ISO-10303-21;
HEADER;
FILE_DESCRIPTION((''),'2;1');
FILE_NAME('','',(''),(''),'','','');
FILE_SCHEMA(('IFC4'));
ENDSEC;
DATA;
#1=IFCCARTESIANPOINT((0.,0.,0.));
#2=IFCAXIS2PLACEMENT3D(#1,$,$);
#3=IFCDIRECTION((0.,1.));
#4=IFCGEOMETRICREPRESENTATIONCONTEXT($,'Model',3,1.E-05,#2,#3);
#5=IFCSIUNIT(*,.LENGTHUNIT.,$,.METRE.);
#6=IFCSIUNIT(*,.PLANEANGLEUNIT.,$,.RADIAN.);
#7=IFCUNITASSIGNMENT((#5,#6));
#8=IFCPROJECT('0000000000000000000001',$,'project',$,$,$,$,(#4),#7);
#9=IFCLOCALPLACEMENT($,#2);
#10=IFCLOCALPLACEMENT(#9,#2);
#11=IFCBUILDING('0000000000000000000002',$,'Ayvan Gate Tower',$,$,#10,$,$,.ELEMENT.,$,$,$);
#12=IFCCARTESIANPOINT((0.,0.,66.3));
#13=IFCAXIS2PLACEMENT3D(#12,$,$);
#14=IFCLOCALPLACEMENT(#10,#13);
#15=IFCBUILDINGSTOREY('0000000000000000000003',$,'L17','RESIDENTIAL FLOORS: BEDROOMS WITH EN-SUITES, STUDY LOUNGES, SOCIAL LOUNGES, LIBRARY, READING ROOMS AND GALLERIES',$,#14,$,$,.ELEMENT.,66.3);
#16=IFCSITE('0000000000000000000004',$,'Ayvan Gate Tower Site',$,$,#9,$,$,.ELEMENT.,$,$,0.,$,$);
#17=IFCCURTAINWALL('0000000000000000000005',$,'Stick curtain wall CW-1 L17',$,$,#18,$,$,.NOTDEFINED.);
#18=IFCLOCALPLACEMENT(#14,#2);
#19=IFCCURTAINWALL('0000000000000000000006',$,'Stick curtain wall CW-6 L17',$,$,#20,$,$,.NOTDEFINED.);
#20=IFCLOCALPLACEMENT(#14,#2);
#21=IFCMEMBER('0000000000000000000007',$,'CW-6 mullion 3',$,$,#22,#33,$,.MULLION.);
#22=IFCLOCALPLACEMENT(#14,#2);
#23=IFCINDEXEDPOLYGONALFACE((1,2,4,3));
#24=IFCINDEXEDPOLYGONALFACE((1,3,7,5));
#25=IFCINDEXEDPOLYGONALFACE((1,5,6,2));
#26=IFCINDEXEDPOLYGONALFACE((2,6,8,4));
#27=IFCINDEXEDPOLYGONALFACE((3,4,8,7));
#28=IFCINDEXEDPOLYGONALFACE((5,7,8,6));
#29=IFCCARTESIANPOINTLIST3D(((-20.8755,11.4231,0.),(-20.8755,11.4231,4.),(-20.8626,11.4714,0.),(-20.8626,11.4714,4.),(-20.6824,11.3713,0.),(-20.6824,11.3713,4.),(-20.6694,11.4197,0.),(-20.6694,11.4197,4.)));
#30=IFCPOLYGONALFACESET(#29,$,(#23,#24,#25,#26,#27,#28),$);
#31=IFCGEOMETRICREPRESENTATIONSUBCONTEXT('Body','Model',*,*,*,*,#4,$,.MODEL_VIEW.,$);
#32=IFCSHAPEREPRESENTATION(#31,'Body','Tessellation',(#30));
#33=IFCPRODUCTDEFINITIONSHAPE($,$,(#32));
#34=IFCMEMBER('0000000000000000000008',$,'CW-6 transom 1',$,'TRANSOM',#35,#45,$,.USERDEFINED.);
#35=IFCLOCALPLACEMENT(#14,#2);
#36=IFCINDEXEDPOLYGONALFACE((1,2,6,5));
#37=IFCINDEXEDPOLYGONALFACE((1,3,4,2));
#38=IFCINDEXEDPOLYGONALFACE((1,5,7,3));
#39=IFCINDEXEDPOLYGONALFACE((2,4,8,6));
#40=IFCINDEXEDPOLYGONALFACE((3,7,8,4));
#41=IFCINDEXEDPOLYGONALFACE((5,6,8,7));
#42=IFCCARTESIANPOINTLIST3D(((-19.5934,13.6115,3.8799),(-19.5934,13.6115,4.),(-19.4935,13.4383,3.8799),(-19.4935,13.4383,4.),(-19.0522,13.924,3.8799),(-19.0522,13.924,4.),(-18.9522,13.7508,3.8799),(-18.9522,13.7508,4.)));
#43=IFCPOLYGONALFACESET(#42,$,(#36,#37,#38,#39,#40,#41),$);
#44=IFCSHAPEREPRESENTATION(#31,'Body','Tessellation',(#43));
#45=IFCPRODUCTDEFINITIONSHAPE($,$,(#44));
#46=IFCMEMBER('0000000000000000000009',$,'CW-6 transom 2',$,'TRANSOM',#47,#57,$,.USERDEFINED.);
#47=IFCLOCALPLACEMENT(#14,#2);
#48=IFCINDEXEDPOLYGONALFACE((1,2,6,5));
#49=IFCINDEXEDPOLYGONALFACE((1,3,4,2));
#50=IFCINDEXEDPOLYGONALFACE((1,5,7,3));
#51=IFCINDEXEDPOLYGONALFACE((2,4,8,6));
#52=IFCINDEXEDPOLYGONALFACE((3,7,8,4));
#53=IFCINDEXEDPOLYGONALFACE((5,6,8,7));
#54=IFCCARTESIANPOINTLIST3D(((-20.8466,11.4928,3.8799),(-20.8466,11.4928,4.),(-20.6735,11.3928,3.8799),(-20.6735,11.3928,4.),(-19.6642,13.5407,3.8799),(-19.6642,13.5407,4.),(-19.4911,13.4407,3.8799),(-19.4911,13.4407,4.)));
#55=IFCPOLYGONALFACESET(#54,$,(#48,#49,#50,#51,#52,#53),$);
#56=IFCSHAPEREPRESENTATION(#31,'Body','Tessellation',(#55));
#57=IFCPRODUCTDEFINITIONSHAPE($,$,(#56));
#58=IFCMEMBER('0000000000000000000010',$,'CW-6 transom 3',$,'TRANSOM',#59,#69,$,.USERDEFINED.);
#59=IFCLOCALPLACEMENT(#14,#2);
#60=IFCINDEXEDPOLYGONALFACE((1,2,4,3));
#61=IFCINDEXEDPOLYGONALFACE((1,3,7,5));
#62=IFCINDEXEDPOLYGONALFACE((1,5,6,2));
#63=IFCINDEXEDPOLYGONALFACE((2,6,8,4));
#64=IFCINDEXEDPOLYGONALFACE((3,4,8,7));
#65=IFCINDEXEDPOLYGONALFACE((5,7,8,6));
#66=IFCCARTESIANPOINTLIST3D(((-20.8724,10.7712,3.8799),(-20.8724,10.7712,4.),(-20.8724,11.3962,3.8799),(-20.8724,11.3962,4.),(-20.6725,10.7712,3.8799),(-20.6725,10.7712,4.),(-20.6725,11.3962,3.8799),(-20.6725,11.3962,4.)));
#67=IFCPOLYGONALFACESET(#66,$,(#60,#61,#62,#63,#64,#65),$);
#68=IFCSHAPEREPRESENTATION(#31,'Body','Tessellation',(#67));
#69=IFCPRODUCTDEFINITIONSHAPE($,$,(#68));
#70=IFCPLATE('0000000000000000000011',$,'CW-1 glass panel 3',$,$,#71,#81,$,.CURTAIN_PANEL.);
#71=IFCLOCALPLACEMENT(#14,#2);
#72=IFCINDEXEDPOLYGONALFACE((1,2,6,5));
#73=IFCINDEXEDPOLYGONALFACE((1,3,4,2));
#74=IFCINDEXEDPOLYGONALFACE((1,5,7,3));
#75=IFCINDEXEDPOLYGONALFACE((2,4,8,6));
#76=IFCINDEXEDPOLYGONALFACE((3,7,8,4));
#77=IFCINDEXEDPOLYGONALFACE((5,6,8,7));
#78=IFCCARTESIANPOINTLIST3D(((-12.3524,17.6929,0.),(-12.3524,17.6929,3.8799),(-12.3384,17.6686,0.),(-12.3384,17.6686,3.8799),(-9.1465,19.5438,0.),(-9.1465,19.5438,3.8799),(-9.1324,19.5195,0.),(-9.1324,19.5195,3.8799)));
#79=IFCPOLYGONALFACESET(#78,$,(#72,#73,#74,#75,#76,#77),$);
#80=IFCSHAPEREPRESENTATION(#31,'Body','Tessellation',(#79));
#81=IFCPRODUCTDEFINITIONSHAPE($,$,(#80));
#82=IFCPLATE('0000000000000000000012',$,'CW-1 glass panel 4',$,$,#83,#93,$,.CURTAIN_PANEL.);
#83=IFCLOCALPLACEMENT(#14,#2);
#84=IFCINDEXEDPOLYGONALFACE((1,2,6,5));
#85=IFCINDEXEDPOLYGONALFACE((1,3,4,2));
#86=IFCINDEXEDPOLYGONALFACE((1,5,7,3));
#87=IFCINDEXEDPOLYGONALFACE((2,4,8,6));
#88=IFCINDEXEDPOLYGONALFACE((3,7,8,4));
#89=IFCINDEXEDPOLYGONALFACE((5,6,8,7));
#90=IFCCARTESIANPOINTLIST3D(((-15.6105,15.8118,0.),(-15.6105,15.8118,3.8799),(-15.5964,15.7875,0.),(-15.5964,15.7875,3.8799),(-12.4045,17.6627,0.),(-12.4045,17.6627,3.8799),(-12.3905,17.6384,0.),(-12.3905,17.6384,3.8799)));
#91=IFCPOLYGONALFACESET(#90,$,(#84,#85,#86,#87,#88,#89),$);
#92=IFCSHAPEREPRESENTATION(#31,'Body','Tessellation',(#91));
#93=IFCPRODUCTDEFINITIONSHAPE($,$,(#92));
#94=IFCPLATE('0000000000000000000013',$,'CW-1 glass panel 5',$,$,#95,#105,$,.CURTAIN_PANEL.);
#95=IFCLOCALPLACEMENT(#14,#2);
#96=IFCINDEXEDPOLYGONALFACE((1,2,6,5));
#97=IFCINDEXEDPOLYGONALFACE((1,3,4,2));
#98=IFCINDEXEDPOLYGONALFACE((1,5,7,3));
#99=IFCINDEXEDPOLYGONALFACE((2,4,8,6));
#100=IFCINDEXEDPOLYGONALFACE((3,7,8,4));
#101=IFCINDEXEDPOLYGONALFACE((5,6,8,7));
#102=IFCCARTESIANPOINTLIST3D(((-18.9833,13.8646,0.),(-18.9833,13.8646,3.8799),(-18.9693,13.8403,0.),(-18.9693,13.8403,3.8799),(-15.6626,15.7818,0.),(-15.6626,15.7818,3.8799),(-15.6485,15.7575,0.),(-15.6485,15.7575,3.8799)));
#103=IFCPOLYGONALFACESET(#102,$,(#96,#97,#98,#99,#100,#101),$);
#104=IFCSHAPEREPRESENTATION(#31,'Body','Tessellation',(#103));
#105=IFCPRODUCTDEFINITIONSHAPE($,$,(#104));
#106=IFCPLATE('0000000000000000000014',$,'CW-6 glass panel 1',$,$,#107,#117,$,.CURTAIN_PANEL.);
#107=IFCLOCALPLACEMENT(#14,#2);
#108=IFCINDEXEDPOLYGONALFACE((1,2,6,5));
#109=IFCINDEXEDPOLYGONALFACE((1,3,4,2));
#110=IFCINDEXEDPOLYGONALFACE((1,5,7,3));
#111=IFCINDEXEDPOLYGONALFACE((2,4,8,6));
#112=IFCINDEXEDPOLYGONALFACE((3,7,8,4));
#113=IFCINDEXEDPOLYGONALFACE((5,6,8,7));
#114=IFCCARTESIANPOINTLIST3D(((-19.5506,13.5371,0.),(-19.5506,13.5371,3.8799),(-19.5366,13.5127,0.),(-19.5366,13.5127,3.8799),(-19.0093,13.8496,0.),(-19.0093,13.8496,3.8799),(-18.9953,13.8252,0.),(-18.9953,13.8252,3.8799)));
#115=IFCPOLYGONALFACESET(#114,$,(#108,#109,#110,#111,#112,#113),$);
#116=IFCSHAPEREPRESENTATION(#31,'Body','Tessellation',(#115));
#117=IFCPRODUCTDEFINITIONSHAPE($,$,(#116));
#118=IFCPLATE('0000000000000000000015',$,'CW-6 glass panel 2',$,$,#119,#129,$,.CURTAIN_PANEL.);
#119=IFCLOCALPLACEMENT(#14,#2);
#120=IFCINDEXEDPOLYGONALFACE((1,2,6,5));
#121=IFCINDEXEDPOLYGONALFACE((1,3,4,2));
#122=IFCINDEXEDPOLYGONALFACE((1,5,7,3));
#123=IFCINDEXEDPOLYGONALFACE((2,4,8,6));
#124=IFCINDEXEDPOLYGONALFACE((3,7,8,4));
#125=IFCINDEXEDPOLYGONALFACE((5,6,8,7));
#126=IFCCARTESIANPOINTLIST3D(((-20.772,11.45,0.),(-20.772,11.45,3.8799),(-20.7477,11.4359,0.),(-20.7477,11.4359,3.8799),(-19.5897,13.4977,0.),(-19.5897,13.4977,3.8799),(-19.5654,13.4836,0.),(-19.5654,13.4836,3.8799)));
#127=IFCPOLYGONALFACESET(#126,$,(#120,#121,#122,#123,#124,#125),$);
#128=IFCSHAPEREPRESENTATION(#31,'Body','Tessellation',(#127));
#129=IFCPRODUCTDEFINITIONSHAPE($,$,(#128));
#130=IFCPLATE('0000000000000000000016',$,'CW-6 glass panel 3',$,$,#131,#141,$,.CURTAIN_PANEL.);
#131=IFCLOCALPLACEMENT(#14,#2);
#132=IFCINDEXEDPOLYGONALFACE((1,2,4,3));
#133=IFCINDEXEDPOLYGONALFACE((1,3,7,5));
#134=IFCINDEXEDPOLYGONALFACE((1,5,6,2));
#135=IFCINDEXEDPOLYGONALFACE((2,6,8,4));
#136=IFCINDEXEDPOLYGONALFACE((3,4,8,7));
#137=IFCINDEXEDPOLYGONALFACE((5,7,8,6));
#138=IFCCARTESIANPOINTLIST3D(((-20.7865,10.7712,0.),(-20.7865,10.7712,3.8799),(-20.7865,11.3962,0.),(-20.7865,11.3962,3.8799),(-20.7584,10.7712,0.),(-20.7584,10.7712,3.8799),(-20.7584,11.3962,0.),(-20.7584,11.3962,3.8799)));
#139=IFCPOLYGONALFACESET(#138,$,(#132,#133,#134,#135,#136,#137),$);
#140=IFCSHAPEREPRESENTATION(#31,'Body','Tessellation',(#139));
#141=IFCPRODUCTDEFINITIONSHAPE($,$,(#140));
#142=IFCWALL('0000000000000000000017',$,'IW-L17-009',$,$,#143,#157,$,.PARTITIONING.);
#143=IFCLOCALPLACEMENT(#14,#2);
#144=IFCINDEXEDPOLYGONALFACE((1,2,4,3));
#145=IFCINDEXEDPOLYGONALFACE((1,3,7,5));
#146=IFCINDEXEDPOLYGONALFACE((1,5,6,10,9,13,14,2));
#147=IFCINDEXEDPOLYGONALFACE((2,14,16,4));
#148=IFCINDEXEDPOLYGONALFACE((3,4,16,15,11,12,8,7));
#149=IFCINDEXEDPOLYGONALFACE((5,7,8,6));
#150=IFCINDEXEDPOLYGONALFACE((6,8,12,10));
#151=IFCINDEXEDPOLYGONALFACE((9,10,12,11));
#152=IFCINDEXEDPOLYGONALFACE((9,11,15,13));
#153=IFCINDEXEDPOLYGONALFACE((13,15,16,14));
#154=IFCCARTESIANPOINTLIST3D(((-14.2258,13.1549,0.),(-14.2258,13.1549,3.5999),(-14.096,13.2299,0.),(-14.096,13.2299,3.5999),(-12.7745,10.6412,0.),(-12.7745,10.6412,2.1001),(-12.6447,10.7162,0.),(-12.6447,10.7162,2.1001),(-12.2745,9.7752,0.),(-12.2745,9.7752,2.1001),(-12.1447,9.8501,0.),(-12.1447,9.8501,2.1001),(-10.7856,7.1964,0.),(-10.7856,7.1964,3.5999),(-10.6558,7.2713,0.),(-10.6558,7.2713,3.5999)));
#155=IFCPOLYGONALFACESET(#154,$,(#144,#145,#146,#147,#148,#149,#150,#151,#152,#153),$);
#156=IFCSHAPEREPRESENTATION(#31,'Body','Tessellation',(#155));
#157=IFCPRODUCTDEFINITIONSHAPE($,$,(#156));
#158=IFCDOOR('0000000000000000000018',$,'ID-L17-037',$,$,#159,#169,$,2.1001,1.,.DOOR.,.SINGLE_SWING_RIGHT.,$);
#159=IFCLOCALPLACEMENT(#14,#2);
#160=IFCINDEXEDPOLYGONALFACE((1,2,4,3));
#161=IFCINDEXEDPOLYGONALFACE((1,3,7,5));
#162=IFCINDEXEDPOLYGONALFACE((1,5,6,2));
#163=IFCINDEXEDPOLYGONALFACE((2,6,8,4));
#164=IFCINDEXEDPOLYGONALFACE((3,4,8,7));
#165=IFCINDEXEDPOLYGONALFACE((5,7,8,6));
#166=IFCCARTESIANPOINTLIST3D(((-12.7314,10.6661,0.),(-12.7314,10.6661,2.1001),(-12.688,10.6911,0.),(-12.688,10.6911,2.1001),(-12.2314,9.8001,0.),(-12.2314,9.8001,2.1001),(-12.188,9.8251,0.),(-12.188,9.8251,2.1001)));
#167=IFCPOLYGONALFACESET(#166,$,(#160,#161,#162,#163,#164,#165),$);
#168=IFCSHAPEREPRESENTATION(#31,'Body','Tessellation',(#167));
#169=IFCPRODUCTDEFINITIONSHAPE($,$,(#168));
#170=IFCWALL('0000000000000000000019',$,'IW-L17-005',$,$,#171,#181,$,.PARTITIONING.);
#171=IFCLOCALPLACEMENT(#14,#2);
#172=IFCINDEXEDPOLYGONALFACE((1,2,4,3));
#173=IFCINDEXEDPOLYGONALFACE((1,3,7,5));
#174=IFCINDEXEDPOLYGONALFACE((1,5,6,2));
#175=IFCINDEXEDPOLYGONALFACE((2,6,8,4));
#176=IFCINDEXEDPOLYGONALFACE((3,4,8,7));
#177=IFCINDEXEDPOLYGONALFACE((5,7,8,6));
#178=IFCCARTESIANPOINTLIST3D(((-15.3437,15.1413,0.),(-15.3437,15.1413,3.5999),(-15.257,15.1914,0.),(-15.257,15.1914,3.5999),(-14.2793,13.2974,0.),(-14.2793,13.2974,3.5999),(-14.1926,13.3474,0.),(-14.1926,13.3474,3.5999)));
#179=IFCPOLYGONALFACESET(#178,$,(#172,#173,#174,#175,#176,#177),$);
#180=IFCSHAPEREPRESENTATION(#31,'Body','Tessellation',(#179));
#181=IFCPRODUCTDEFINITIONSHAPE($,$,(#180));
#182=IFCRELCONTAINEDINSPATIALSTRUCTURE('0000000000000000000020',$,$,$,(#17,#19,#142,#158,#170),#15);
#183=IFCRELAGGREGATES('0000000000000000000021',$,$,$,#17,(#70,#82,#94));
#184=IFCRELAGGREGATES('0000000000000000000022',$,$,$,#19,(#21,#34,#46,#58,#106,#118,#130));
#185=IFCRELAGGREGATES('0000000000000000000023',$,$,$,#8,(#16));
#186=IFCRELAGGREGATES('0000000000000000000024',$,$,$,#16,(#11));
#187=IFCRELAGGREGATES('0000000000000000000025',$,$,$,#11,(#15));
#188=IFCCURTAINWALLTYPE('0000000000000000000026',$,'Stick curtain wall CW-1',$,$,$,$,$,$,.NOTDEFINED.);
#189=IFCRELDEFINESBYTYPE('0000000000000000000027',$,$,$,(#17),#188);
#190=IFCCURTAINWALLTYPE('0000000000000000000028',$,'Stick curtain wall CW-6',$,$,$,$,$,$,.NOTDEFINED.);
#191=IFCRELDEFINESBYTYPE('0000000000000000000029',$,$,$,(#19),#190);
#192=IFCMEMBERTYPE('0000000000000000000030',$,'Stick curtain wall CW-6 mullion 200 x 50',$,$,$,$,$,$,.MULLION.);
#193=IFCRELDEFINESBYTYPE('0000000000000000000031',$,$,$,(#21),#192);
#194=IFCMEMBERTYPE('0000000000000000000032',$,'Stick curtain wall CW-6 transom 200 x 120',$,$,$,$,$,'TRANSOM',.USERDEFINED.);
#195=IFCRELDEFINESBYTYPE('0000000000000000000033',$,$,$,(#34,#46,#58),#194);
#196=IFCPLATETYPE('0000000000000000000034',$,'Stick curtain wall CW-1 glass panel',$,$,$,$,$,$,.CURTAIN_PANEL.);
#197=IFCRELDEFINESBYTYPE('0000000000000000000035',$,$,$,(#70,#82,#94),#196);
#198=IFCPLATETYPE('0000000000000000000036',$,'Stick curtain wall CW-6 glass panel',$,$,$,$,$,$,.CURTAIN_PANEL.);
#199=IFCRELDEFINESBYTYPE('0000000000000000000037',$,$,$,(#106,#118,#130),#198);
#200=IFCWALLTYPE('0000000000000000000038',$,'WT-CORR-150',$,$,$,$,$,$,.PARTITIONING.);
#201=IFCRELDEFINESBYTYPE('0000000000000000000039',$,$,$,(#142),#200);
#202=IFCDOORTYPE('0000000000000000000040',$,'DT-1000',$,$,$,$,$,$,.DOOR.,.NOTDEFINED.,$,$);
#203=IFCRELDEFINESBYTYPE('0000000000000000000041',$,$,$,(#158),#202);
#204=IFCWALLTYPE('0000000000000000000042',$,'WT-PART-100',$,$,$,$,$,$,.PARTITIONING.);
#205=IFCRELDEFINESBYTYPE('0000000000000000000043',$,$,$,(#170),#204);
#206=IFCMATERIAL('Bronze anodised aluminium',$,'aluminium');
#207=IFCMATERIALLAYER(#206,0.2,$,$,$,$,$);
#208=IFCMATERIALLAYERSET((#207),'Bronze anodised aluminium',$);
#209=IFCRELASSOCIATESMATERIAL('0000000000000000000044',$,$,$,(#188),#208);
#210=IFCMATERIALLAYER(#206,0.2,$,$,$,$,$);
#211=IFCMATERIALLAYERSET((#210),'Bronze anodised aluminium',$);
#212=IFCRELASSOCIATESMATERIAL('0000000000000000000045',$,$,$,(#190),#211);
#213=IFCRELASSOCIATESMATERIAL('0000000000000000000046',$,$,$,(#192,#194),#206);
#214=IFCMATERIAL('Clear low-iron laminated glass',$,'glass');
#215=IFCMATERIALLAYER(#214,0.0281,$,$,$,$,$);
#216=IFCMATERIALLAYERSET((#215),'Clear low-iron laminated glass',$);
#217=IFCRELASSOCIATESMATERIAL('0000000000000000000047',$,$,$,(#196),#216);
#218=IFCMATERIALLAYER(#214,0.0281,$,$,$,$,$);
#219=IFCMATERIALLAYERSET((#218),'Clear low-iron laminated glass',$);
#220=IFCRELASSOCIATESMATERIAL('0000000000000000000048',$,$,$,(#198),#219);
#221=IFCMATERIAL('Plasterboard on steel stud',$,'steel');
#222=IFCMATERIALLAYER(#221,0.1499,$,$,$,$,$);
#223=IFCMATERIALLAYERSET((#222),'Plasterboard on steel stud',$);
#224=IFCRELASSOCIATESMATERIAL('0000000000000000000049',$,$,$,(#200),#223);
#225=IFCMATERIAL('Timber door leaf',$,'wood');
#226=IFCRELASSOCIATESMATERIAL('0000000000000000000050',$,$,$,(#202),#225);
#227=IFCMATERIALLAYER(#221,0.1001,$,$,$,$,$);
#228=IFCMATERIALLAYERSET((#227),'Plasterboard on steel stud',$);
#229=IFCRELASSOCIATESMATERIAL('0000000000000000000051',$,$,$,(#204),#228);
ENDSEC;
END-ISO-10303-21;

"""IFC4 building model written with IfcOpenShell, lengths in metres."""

from ifc_helpers import new_model, si_unit, direction, frame, frame_2d, origin, origin_2d, place, context, subcontext, project, spatial, rectangle, extrude, material, layer, layer_set, material_profile, profile_set, type_object, element, fill, aggregate, save


model = new_model("IFC4")

# Units and contexts
model_context = context("Model", 3, precision=1e-05, world=origin(), true_north=direction((0.0, 1.0)))
body_context = subcontext(model_context, "Body", "Model", "MODEL_VIEW")
ifc_project = project(units=[si_unit("LENGTHUNIT", "METRE"), si_unit("PLANEANGLEUNIT", "RADIAN")], contexts=[model_context])

# Site, building, storey
site_placement = place(None, origin())
site = spatial("IfcSite", under=ifc_project, at=site_placement, Name="Ayvan Gate Tower Site", CompositionType="ELEMENT", RefElevation=0.0)
building_placement = place(site_placement, origin())
building = spatial("IfcBuilding", under=site, at=building_placement, Name="Ayvan Gate Tower", CompositionType="ELEMENT")
storey_placement = place(building_placement, frame((0.0, 0.0, 66.3)))
storey = spatial("IfcBuildingStorey", under=building, at=storey_placement, Name="L17", Description="RESIDENTIAL FLOORS: BEDROOMS WITH EN-SUITES, STUDY LOUNGES, SOCIAL LOUNGES, LIBRARY, READING ROOMS AND GALLERIES", CompositionType="ELEMENT", Elevation=66.3)

# Curtain walls, members
ifc_material_1 = material(Name="Bronze anodised aluminium", Category="aluminium")
ifc_layer_1 = layer(ifc_material_1, 0.2)
ifc_layer_set_1 = layer_set([ifc_layer_1], Name="Bronze anodised aluminium")
curtain_wall_type_1 = type_object("IfcCurtainWallType", Name="Stick curtain wall CW-1", PredefinedType="NOTDEFINED", material=ifc_layer_set_1)
curtain_wall_1_placement = place(storey_placement, origin())
curtain_wall_1 = element("IfcCurtainWall", 1, at=curtain_wall_1_placement, inside=storey, type_object=curtain_wall_type_1, Name="Stick curtain wall CW-1 L17", PredefinedType="NOTDEFINED")
ifc_layer_2 = layer(ifc_material_1, 0.2)
ifc_layer_set_2 = layer_set([ifc_layer_2], Name="Bronze anodised aluminium")
curtain_wall_type_2 = type_object("IfcCurtainWallType", Name="Stick curtain wall CW-6", PredefinedType="NOTDEFINED", material=ifc_layer_set_2)
curtain_wall_2_placement = place(storey_placement, origin())
curtain_wall_2 = element("IfcCurtainWall", 2, at=curtain_wall_2_placement, inside=storey, type_object=curtain_wall_type_2, Name="Stick curtain wall CW-6 L17", PredefinedType="NOTDEFINED")
ifc_material_profile_1 = material_profile(ifc_material_1, rectangle(XDim=0.2, YDim=0.05, at=origin_2d()), Name="Stick curtain wall CW-6 mullion 200 x 50")
ifc_profile_set_1 = profile_set([ifc_material_profile_1], Name="Bronze anodised aluminium")
member_type_1 = type_object("IfcMemberType", Name="Stick curtain wall CW-6 mullion 200 x 50", PredefinedType="MULLION", material=ifc_profile_set_1)
member_1_placement = place(storey_placement, frame((-20.7725, 11.4214, 0.0), z_axis=(0.0, 0.0, 1.0), x_axis=(-0.965926, 0.258819, 0.0)))
member_1 = element("IfcMember", 3, at=member_1_placement, type_object=member_type_1, Name="CW-6 mullion 3", PredefinedType="MULLION", context=body_context, shape_type="SweptSolid", body=[
    extrude(rectangle(XDim=0.2, YDim=0.05, at=origin_2d()), origin(), (0.0, 0.0, 1.0), 4.0),
])
ifc_material_profile_2 = material_profile(ifc_material_1, rectangle(XDim=0.2, YDim=0.1201, at=origin_2d()), Name="Stick curtain wall CW-6 transom 200 x 120")
ifc_profile_set_2 = profile_set([ifc_material_profile_2], Name="Bronze anodised aluminium")
member_type_2 = type_object("IfcMemberType", Name="Stick curtain wall CW-6 transom 200 x 120", ElementType="TRANSOM", PredefinedType="USERDEFINED", material=ifc_profile_set_2)
member_2_placement = place(storey_placement, frame((-19.0022, 13.8374, 3.9399), z_axis=(-0.866023, -0.500004, 0.0), x_axis=(0.500004, -0.866023, 0.0)))
member_2 = element("IfcMember", 4, at=member_2_placement, type_object=member_type_2, Name="CW-6 transom 1", ObjectType="TRANSOM", PredefinedType="USERDEFINED", context=body_context, shape_type="SweptSolid", body=[
    extrude(rectangle(XDim=0.2, YDim=0.1201, at=origin_2d()), origin(), (0.0, 0.0, 1.0), 0.625),
])
member_3_placement = place(storey_placement, frame((-19.5776, 13.4907, 3.9399), z_axis=(-0.500014, -0.866017, 0.0), x_axis=(0.866017, -0.500014, 0.0)))
member_3 = element("IfcMember", 5, at=member_3_placement, type_object=member_type_2, Name="CW-6 transom 2", ObjectType="TRANSOM", PredefinedType="USERDEFINED", context=body_context, shape_type="SweptSolid", body=[
    extrude(rectangle(XDim=0.2, YDim=0.1201, at=origin_2d()), origin(), (0.0, 0.0, 1.0), 2.3647),
])
member_4_placement = place(storey_placement, frame((-20.7725, 11.3962, 3.9399), z_axis=(0.0, -1.0, 0.0), x_axis=(1.0, 0.0, 0.0)))
member_4 = element("IfcMember", 6, at=member_4_placement, type_object=member_type_2, Name="CW-6 transom 3", ObjectType="TRANSOM", PredefinedType="USERDEFINED", context=body_context, shape_type="SweptSolid", body=[
    extrude(rectangle(XDim=0.2, YDim=0.1201, at=origin_2d()), origin(), (0.0, 0.0, 1.0), 0.625),
])

# Plates
ifc_material_2 = material(Name="Clear low-iron laminated glass", Category="glass")
ifc_layer_3 = layer(ifc_material_2, 0.0281)
ifc_layer_set_3 = layer_set([ifc_layer_3], Name="Clear low-iron laminated glass")
plate_type_1 = type_object("IfcPlateType", Name="Stick curtain wall CW-1 glass panel", PredefinedType="CURTAIN_PANEL", material=ifc_layer_set_3)
plate_1_placement = place(storey_placement, frame((-10.7424, 18.6062, 0.0), z_axis=(0.0, 0.0, 1.0), x_axis=(-0.866025, -0.5, 0.0)))
plate_1 = element("IfcPlate", 7, at=plate_1_placement, type_object=plate_type_1, Name="CW-1 glass panel 3", PredefinedType="CURTAIN_PANEL", context=body_context, shape_type="SweptSolid", body=[
    extrude(rectangle(XDim=3.7019, YDim=0.0281, at=origin_2d()), origin(), (0.0, 0.0, 1.0), 3.8799),
])
plate_2_placement = place(storey_placement, frame((-14.0005, 16.7251, 0.0), z_axis=(0.0, 0.0, 1.0), x_axis=(-0.866025, -0.5, 0.0)))
plate_2 = element("IfcPlate", 8, at=plate_2_placement, type_object=plate_type_1, Name="CW-1 glass panel 4", PredefinedType="CURTAIN_PANEL", context=body_context, shape_type="SweptSolid", body=[
    extrude(rectangle(XDim=3.7019, YDim=0.0281, at=origin_2d()), origin(), (0.0, 0.0, 1.0), 3.8799),
])
plate_3_placement = place(storey_placement, frame((-17.3159, 14.811, 0.0), z_axis=(0.0, 0.0, 1.0), x_axis=(-0.866025, -0.5, 0.0)))
plate_3 = element("IfcPlate", 9, at=plate_3_placement, type_object=plate_type_1, Name="CW-1 glass panel 5", PredefinedType="CURTAIN_PANEL", context=body_context, shape_type="SweptSolid", body=[
    extrude(rectangle(XDim=3.8345, YDim=0.0281, at=origin_2d()), origin(), (0.0, 0.0, 1.0), 3.8799),
])
aggregate(curtain_wall_1, [plate_1, plate_2, plate_3])
ifc_layer_4 = layer(ifc_material_2, 0.0281)
ifc_layer_set_4 = layer_set([ifc_layer_4], Name="Clear low-iron laminated glass")
plate_type_2 = type_object("IfcPlateType", Name="Stick curtain wall CW-6 glass panel", PredefinedType="CURTAIN_PANEL", material=ifc_layer_set_4)
plate_4_placement = place(storey_placement, frame((-19.2729, 13.6812, 0.0), z_axis=(0.0, 0.0, 1.0), x_axis=(-0.866025, -0.5, 0.0)))
plate_4 = element("IfcPlate", 10, at=plate_4_placement, type_object=plate_type_2, Name="CW-6 glass panel 1", PredefinedType="CURTAIN_PANEL", context=body_context, shape_type="SweptSolid", body=[
    extrude(rectangle(XDim=0.625, YDim=0.0281, at=origin_2d()), origin(), (0.0, 0.0, 1.0), 3.8799),
])
plate_5_placement = place(storey_placement, frame((-20.1687, 12.4668, 0.0), z_axis=(0.0, 0.0, 1.0), x_axis=(-0.5, -0.866025, 0.0)))
plate_5 = element("IfcPlate", 11, at=plate_5_placement, type_object=plate_type_2, Name="CW-6 glass panel 2", PredefinedType="CURTAIN_PANEL", context=body_context, shape_type="SweptSolid", body=[
    extrude(rectangle(XDim=2.3645, YDim=0.0281, at=origin_2d()), origin(), (0.0, 0.0, 1.0), 3.8799),
])
plate_6_placement = place(storey_placement, frame((-20.7725, 11.0837, 0.0), z_axis=(0.0, 0.0, 1.0), x_axis=(0.0, -1.0, 0.0)))
plate_6 = element("IfcPlate", 12, at=plate_6_placement, type_object=plate_type_2, Name="CW-6 glass panel 3", PredefinedType="CURTAIN_PANEL", context=body_context, shape_type="SweptSolid", body=[
    extrude(rectangle(XDim=0.625, YDim=0.0281, at=origin_2d()), origin(), (0.0, 0.0, 1.0), 3.8799),
])
aggregate(curtain_wall_2, [member_1, member_2, member_3, member_4, plate_4, plate_5, plate_6])

# Wall, opening, door
ifc_material_3 = material(Name="Plasterboard on steel stud", Category="steel")
ifc_layer_5 = layer(ifc_material_3, 0.1499)
ifc_layer_set_5 = layer_set([ifc_layer_5], Name="Plasterboard on steel stud")
wall_type_1 = type_object("IfcWallType", Name="WT-CORR-150", PredefinedType="PARTITIONING", material=ifc_layer_set_5)
wall_1_placement = place(storey_placement, frame((-14.1609, 13.1924, 0.0), z_axis=(0.0, 0.0, 1.0), x_axis=(0.500005, -0.866022, 0.0)))
wall_1 = element("IfcWall", 13, at=wall_1_placement, inside=storey, type_object=wall_type_1, Name="IW-L17-009", PredefinedType="PARTITIONING", context=body_context, shape_type="SweptSolid", body=[
    extrude(rectangle(XDim=6.8804, YDim=0.1499, at=frame_2d((3.4402, 0.0))), origin(), (0.0, 0.0, 1.0), 3.5999),
])
opening_placement = place(wall_1_placement, frame((2.9026, 0.0, 0.0)))
opening = element("IfcOpeningElement", 14, at=opening_placement, cuts=wall_1, PredefinedType="OPENING", context=body_context, shape_type="SweptSolid", body=[
    extrude(rectangle(XDim=1.0, YDim=2.1001, at=frame_2d((0.5, 1.05))), frame((0.0, 0.085, 0.0), z_axis=(0.0, -1.0, 0.0), x_axis=(1.0, 0.0, 0.0)), (0.0, 0.0, 1.0), 0.1699),
])
ifc_material_4 = material(Name="Timber door leaf", Category="wood")
door_type = type_object("IfcDoorType", Name="DT-1000", OperationType="NOTDEFINED", PredefinedType="DOOR", material=ifc_material_4)
door_placement = place(opening_placement, origin())
door = element("IfcDoor", 15, at=door_placement, inside=storey, type_object=door_type, Name="ID-L17-037", OperationType="SINGLE_SWING_RIGHT", OverallHeight=2.1001, OverallWidth=1.0, PredefinedType="DOOR", context=body_context, shape_type="SweptSolid", body=[
    extrude(rectangle(XDim=1.0, YDim=2.1001, at=frame_2d((0.5, 1.05))), frame((0.0, 0.0249, 0.0), z_axis=(0.0, -1.0, 0.0), x_axis=(1.0, 0.0, 0.0)), (0.0, 0.0, 1.0), 0.05),
])
fill(opening, door)

# Wall
ifc_layer_6 = layer(ifc_material_3, 0.1001)
ifc_layer_set_6 = layer_set([ifc_layer_6], Name="Plasterboard on steel stud")
wall_type_2 = type_object("IfcWallType", Name="WT-PART-100", PredefinedType="PARTITIONING", material=ifc_layer_set_6)
wall_2_placement = place(storey_placement, frame((-15.3003, 15.1663, 0.0), z_axis=(0.0, 0.0, 1.0), x_axis=(0.499938, -0.866061, 0.0)))
element("IfcWall", 16, at=wall_2_placement, inside=storey, type_object=wall_type_2, Name="IW-L17-005", PredefinedType="PARTITIONING", context=body_context, shape_type="SweptSolid", body=[
    extrude(rectangle(XDim=2.1292, YDim=0.1001, at=frame_2d((1.0645, 0.0))), origin(), (0.0, 0.0, 1.0), 3.5999),
])

save(model, "model.ifc")
